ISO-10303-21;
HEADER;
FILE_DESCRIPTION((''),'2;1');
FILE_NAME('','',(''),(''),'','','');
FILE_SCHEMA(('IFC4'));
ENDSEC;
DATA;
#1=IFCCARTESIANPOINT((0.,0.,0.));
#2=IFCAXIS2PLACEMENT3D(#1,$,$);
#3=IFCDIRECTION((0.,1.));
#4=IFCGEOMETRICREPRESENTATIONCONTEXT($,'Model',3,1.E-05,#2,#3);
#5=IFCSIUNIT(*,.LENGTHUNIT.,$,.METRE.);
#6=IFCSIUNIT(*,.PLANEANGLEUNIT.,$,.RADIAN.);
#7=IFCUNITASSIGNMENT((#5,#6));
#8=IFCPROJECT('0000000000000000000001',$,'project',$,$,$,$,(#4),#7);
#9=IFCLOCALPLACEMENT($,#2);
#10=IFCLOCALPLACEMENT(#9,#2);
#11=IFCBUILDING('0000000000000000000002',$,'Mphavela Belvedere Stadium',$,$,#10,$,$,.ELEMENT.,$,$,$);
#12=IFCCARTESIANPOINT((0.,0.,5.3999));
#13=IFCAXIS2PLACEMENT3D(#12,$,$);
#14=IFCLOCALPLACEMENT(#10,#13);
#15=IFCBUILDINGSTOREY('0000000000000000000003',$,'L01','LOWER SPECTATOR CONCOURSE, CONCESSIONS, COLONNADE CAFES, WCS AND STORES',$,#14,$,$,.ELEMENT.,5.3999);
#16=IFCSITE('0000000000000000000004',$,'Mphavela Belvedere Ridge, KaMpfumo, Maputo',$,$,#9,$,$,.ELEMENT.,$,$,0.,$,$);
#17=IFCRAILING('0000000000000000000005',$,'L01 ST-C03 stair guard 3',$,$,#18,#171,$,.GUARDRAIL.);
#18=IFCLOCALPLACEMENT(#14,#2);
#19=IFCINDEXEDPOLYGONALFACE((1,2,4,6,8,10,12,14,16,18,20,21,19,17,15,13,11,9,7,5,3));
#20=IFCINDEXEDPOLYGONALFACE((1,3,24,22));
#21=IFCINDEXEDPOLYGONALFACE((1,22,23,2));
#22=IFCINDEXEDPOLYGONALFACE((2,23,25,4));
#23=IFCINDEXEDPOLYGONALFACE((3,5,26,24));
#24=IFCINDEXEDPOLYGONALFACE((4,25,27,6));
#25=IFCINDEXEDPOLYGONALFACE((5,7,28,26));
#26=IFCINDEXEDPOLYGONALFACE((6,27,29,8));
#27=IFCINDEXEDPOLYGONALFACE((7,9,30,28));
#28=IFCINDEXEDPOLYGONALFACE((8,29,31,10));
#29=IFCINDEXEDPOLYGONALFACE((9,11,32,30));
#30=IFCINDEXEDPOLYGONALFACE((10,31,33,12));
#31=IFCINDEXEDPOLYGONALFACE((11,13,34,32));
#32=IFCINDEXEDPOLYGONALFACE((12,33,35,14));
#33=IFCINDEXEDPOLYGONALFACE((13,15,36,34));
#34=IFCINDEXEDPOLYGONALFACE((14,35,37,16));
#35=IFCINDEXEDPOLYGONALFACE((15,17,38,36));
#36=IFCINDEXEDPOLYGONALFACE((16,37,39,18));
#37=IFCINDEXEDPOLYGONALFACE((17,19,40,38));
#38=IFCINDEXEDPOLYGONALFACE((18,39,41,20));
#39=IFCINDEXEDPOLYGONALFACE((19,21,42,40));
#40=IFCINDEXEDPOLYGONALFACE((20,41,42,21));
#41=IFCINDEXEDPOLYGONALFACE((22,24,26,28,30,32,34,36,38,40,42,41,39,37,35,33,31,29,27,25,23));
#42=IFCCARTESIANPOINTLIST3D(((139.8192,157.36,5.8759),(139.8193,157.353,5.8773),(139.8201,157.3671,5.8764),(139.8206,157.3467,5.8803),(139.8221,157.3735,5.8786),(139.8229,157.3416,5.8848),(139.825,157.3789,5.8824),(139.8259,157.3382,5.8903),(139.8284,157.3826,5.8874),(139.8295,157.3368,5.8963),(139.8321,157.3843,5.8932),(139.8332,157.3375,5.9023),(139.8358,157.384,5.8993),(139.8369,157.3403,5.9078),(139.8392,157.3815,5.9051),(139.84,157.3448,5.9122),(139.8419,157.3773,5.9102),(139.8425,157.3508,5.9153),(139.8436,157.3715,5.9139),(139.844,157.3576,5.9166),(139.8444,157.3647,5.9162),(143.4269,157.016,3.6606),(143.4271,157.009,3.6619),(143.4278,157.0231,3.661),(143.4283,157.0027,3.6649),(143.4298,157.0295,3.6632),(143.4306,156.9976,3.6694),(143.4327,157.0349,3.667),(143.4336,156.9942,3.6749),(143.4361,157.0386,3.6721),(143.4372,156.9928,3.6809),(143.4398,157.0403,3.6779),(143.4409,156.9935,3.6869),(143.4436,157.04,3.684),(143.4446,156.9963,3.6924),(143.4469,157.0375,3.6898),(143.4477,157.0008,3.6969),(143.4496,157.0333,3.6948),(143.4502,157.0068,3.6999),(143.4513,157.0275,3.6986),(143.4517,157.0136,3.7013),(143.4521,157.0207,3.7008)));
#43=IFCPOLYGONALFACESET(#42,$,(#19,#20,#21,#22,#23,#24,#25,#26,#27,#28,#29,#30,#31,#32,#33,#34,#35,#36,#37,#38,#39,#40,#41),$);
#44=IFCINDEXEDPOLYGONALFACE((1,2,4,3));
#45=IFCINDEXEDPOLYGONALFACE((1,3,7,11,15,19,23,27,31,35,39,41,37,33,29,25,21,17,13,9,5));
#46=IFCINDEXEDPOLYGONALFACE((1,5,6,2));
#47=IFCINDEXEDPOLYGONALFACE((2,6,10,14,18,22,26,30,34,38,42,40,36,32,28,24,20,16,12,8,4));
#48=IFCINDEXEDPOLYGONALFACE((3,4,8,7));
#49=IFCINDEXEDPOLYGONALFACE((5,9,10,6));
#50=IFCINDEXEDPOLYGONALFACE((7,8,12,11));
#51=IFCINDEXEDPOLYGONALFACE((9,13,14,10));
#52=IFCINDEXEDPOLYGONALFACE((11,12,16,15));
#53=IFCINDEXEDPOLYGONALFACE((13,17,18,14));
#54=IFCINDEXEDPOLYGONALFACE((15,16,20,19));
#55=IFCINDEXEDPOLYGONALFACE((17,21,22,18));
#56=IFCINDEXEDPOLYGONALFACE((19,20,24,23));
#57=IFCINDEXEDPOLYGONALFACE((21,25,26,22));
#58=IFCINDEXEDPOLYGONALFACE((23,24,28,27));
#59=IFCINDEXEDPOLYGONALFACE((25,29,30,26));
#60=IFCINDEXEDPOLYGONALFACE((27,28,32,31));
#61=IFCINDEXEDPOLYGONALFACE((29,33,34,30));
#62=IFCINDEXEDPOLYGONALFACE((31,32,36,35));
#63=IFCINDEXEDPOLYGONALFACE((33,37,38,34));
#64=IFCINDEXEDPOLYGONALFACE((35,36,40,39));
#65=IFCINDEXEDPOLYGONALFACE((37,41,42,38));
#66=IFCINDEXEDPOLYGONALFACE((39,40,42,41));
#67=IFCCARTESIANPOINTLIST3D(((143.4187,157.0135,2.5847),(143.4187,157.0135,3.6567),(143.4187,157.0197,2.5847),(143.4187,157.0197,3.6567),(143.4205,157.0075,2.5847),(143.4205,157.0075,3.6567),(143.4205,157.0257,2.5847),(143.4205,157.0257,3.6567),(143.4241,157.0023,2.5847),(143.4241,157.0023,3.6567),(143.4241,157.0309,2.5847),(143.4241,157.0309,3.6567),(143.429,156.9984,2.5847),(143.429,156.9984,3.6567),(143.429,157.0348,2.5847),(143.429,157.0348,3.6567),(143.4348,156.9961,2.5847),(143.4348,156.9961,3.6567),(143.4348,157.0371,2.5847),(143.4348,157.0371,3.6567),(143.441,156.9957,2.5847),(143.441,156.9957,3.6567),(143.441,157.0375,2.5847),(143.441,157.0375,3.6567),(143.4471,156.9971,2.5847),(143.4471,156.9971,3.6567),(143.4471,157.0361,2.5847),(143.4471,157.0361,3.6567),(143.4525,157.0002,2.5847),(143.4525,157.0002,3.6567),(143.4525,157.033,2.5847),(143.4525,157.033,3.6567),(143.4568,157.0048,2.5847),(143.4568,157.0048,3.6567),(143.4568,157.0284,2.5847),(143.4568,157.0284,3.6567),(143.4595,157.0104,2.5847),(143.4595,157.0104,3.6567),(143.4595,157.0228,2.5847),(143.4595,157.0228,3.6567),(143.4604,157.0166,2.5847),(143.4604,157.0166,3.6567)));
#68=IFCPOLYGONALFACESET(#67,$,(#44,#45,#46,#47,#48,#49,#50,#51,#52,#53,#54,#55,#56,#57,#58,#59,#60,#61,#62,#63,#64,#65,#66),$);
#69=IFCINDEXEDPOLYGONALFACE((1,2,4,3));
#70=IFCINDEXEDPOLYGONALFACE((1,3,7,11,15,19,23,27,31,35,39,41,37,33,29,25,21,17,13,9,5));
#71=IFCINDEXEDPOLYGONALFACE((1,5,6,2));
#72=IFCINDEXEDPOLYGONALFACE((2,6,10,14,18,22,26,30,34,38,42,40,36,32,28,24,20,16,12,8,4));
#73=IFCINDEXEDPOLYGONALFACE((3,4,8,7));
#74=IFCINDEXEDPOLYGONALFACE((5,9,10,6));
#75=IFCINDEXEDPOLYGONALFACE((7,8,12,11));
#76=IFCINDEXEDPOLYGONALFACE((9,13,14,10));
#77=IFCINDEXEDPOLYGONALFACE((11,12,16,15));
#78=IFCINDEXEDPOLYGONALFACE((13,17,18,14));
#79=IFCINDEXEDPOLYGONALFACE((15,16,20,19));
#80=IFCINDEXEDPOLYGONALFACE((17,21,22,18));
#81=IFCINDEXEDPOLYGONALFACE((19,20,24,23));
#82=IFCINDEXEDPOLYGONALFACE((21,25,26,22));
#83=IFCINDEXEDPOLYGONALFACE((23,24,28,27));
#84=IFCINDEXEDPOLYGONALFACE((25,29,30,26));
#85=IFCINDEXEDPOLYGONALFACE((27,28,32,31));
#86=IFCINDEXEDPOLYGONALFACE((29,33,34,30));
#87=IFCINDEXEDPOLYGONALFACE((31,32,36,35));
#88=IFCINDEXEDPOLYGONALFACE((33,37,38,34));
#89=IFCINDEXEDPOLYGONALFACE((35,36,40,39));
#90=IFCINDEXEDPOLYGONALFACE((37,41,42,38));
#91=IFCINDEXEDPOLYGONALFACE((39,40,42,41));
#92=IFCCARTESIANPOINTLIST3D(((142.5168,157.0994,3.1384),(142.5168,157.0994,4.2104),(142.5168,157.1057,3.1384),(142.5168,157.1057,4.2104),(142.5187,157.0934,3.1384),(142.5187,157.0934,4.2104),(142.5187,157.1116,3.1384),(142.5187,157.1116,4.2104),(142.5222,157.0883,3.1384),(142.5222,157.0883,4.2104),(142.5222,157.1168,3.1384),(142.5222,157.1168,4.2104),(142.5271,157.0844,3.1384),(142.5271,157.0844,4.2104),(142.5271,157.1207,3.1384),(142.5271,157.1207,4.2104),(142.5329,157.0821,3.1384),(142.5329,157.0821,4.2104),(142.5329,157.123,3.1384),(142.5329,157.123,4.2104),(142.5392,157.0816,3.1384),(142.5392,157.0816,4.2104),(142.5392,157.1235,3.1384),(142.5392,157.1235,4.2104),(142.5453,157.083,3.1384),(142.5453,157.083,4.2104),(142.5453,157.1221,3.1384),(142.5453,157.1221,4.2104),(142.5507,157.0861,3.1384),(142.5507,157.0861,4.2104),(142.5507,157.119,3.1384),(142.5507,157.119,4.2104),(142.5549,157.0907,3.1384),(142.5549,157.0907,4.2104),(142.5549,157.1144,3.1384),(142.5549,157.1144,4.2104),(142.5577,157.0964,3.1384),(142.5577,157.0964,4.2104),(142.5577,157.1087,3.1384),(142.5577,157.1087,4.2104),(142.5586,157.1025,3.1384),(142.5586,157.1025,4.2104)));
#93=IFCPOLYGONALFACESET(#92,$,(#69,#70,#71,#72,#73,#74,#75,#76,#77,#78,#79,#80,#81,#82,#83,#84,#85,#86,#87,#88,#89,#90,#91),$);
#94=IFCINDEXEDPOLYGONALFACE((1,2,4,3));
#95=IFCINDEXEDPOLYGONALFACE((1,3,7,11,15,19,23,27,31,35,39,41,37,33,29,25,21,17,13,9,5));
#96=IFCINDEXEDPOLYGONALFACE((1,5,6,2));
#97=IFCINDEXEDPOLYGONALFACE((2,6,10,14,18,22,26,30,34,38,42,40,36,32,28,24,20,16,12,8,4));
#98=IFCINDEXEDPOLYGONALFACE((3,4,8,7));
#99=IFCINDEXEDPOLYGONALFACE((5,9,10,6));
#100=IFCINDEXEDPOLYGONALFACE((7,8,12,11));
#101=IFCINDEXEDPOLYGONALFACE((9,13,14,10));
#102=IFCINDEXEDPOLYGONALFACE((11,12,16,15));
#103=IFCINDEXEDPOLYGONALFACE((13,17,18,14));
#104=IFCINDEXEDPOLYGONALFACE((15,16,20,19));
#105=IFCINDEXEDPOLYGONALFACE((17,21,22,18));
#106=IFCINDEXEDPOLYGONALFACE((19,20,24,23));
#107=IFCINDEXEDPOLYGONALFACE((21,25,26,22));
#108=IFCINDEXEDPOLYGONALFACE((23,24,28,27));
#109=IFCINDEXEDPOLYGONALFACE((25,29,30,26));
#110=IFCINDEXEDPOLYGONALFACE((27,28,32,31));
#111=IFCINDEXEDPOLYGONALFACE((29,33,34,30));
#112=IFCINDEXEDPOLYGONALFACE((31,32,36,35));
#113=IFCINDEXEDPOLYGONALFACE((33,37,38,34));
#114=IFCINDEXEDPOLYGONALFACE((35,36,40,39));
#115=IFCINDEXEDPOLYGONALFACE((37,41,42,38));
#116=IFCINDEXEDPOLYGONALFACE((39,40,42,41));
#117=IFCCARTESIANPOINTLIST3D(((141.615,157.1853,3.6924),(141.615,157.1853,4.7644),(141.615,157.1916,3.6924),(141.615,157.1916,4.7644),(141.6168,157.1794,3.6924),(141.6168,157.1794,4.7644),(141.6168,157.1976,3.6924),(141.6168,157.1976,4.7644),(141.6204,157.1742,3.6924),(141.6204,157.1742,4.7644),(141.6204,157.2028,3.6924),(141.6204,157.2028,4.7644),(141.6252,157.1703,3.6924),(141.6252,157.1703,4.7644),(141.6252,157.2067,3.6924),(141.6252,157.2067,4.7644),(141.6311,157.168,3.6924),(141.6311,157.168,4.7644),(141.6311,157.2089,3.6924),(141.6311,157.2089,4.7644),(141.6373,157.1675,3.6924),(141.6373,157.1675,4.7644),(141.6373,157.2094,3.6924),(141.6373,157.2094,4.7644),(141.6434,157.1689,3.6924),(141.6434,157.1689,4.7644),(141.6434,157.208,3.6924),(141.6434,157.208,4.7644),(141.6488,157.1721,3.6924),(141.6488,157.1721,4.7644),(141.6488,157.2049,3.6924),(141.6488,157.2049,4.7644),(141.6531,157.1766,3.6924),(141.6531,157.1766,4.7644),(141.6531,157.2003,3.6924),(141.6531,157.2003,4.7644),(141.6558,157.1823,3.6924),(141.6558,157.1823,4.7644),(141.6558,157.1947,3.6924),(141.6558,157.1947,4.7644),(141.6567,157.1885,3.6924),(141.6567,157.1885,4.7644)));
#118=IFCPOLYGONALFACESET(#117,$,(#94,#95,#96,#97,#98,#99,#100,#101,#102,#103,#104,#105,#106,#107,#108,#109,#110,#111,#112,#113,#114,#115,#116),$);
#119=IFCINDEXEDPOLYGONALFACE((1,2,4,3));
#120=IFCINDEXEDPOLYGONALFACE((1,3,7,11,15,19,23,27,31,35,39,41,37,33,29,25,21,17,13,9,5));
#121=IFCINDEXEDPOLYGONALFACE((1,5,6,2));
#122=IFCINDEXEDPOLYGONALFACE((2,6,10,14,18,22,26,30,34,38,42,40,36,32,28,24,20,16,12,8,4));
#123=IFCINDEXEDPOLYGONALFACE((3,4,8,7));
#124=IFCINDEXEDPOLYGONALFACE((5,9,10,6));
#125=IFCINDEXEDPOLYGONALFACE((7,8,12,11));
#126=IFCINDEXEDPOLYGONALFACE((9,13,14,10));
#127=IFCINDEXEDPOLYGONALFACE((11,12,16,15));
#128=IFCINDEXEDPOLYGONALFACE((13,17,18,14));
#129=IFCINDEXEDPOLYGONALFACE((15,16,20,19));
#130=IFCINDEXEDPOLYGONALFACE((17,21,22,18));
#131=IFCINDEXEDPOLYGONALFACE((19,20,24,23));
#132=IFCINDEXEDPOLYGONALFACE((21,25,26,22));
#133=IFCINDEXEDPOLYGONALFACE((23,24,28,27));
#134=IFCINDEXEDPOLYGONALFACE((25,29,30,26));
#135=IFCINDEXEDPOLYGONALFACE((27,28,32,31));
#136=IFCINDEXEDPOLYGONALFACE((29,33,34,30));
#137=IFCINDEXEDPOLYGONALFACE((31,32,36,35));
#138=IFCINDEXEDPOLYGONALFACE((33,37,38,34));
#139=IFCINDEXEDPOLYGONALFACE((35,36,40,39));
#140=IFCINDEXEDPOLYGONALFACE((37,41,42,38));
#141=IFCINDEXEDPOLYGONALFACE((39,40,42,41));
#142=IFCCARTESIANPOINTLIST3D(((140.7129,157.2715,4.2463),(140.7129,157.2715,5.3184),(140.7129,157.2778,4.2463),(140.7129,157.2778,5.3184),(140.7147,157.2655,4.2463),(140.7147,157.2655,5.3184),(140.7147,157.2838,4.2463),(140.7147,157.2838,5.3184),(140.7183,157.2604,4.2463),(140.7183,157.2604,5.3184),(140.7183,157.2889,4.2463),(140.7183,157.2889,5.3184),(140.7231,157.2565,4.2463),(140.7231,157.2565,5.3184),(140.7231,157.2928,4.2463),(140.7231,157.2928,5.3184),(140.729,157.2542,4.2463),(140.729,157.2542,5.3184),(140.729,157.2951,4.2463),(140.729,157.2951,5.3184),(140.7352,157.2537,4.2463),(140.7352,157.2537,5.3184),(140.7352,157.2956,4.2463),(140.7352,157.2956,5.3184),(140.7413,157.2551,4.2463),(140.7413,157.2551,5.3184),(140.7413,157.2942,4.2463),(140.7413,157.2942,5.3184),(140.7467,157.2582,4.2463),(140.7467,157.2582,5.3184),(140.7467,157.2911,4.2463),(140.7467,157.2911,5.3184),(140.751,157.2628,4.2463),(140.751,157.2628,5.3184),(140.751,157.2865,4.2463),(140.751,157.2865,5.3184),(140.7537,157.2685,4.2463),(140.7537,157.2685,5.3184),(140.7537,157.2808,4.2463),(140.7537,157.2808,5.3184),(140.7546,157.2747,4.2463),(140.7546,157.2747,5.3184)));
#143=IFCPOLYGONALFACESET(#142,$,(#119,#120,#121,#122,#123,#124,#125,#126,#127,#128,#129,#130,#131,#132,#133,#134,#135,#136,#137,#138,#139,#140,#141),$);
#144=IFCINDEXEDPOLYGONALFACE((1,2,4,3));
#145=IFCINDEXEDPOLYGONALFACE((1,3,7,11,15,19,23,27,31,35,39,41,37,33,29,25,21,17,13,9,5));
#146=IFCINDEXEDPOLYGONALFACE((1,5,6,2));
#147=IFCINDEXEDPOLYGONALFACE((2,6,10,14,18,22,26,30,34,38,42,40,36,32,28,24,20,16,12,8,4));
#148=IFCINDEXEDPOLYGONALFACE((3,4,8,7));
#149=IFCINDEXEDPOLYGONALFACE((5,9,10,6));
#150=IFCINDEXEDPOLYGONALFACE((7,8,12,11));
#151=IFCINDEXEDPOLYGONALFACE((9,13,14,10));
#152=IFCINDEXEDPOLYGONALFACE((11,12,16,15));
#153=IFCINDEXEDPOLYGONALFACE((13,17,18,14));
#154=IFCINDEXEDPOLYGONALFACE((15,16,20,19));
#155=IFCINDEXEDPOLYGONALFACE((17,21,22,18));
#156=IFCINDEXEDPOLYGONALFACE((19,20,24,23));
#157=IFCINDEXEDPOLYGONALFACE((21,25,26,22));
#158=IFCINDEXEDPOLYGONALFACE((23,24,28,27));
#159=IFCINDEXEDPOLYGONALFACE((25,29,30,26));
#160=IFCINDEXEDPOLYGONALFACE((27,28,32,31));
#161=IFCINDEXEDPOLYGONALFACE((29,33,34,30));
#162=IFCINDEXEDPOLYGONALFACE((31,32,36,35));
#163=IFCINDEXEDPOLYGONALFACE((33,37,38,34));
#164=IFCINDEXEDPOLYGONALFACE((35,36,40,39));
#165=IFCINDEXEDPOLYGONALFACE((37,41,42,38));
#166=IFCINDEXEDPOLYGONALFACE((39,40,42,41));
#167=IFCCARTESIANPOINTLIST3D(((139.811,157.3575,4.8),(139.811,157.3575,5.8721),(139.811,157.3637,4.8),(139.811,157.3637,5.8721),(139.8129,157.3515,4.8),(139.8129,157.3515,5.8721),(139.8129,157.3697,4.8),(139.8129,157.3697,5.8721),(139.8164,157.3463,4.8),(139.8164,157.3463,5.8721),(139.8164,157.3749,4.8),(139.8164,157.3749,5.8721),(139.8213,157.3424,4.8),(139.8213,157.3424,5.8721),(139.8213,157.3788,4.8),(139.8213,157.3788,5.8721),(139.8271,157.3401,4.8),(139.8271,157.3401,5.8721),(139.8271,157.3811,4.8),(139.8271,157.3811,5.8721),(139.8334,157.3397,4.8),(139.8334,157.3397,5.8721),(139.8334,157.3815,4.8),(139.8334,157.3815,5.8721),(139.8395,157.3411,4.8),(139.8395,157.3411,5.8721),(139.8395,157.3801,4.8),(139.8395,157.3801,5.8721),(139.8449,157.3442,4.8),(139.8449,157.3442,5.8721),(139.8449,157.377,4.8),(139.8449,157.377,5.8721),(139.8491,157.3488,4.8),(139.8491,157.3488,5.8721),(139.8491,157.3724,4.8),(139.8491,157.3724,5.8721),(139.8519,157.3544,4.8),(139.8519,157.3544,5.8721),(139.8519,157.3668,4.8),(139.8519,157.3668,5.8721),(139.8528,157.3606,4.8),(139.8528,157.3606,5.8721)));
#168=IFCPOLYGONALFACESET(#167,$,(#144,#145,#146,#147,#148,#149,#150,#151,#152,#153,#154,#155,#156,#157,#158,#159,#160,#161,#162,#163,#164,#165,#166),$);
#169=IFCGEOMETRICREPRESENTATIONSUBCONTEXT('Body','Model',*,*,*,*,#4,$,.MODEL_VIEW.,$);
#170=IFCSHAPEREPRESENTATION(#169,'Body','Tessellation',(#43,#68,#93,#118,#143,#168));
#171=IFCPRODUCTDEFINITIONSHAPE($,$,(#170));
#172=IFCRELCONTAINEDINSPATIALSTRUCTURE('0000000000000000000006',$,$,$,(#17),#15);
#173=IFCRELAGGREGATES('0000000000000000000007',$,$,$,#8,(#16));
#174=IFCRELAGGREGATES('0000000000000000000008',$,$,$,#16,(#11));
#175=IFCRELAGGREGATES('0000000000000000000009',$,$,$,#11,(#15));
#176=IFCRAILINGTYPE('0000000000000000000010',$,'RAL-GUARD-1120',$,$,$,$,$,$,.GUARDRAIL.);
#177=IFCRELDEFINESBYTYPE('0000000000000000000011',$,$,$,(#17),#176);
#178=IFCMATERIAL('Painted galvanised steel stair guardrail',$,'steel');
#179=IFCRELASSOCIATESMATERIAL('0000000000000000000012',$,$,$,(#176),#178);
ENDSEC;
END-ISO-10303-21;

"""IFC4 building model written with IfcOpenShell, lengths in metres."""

from ifc_helpers import new_model, si_unit, direction, frame, origin, origin_2d, place, context, subcontext, project, spatial, circle, extrude, material, type_object, element, save


model = new_model("IFC4")

# Units and contexts
model_context = context("Model", 3, precision=1e-05, world=origin(), true_north=direction((0.0, 1.0)))
body_context = subcontext(model_context, "Body", "Model", "MODEL_VIEW")
ifc_project = project(units=[si_unit("LENGTHUNIT", "METRE"), si_unit("PLANEANGLEUNIT", "RADIAN")], contexts=[model_context])

# Site, building, storey
site_placement = place(None, origin())
site = spatial("IfcSite", under=ifc_project, at=site_placement, Name="Mphavela Belvedere Ridge, KaMpfumo, Maputo", CompositionType="ELEMENT", RefElevation=0.0)
building_placement = place(site_placement, origin())
building = spatial("IfcBuilding", under=site, at=building_placement, Name="Mphavela Belvedere Stadium", CompositionType="ELEMENT")
storey_placement = place(building_placement, frame((0.0, 0.0, 5.3999)))
storey = spatial("IfcBuildingStorey", under=building, at=storey_placement, Name="L01", Description="LOWER SPECTATOR CONCOURSE, CONCESSIONS, COLONNADE CAFES, WCS AND STORES", CompositionType="ELEMENT", Elevation=5.3999)

# Railing
ifc_material_1 = material(Name="Painted galvanised steel stair guardrail", Category="steel")
railing_type_1 = type_object("IfcRailingType", Name="RAL-GUARD-1120", PredefinedType="GUARDRAIL", material=ifc_material_1)
railing_1_placement = place(storey_placement, frame((143.4395, 157.0166, 2.5847)))
element("IfcRailing", 1, at=railing_1_placement, inside=storey, type_object=railing_type_1, Name="L01 ST-C03 stair guard 3", PredefinedType="GUARDRAIL", context=body_context, shape_type="SweptSolid", body=[
    extrude(circle(Radius=0.0239, at=origin_2d()), frame((0.0, 0.0, 1.0962), z_axis=(-0.849362, 0.080987, 0.521561), x_axis=(-0.09492, -0.995485, 0.0)), (0.0, 0.0, 1.0), 4.2476),
    extrude(circle(Radius=0.021, at=origin_2d()), origin(), (0.0, 0.0, 1.0), 1.072),
    extrude(circle(Radius=0.021, at=origin_2d()), frame((-0.9019, 0.0859, 0.5537)), (0.0, 0.0, 1.0), 1.072),
    extrude(circle(Radius=0.021, at=origin_2d()), frame((-1.8037, 0.1719, 1.1077)), (0.0, 0.0, 1.0), 1.072),
    extrude(circle(Radius=0.021, at=origin_2d()), frame((-2.7058, 0.2581, 1.6616)), (0.0, 0.0, 1.0), 1.072),
    extrude(circle(Radius=0.021, at=origin_2d()), frame((-3.6077, 0.344, 2.2153)), (0.0, 0.0, 1.0), 1.072),
])

save(model, "model.ifc")
